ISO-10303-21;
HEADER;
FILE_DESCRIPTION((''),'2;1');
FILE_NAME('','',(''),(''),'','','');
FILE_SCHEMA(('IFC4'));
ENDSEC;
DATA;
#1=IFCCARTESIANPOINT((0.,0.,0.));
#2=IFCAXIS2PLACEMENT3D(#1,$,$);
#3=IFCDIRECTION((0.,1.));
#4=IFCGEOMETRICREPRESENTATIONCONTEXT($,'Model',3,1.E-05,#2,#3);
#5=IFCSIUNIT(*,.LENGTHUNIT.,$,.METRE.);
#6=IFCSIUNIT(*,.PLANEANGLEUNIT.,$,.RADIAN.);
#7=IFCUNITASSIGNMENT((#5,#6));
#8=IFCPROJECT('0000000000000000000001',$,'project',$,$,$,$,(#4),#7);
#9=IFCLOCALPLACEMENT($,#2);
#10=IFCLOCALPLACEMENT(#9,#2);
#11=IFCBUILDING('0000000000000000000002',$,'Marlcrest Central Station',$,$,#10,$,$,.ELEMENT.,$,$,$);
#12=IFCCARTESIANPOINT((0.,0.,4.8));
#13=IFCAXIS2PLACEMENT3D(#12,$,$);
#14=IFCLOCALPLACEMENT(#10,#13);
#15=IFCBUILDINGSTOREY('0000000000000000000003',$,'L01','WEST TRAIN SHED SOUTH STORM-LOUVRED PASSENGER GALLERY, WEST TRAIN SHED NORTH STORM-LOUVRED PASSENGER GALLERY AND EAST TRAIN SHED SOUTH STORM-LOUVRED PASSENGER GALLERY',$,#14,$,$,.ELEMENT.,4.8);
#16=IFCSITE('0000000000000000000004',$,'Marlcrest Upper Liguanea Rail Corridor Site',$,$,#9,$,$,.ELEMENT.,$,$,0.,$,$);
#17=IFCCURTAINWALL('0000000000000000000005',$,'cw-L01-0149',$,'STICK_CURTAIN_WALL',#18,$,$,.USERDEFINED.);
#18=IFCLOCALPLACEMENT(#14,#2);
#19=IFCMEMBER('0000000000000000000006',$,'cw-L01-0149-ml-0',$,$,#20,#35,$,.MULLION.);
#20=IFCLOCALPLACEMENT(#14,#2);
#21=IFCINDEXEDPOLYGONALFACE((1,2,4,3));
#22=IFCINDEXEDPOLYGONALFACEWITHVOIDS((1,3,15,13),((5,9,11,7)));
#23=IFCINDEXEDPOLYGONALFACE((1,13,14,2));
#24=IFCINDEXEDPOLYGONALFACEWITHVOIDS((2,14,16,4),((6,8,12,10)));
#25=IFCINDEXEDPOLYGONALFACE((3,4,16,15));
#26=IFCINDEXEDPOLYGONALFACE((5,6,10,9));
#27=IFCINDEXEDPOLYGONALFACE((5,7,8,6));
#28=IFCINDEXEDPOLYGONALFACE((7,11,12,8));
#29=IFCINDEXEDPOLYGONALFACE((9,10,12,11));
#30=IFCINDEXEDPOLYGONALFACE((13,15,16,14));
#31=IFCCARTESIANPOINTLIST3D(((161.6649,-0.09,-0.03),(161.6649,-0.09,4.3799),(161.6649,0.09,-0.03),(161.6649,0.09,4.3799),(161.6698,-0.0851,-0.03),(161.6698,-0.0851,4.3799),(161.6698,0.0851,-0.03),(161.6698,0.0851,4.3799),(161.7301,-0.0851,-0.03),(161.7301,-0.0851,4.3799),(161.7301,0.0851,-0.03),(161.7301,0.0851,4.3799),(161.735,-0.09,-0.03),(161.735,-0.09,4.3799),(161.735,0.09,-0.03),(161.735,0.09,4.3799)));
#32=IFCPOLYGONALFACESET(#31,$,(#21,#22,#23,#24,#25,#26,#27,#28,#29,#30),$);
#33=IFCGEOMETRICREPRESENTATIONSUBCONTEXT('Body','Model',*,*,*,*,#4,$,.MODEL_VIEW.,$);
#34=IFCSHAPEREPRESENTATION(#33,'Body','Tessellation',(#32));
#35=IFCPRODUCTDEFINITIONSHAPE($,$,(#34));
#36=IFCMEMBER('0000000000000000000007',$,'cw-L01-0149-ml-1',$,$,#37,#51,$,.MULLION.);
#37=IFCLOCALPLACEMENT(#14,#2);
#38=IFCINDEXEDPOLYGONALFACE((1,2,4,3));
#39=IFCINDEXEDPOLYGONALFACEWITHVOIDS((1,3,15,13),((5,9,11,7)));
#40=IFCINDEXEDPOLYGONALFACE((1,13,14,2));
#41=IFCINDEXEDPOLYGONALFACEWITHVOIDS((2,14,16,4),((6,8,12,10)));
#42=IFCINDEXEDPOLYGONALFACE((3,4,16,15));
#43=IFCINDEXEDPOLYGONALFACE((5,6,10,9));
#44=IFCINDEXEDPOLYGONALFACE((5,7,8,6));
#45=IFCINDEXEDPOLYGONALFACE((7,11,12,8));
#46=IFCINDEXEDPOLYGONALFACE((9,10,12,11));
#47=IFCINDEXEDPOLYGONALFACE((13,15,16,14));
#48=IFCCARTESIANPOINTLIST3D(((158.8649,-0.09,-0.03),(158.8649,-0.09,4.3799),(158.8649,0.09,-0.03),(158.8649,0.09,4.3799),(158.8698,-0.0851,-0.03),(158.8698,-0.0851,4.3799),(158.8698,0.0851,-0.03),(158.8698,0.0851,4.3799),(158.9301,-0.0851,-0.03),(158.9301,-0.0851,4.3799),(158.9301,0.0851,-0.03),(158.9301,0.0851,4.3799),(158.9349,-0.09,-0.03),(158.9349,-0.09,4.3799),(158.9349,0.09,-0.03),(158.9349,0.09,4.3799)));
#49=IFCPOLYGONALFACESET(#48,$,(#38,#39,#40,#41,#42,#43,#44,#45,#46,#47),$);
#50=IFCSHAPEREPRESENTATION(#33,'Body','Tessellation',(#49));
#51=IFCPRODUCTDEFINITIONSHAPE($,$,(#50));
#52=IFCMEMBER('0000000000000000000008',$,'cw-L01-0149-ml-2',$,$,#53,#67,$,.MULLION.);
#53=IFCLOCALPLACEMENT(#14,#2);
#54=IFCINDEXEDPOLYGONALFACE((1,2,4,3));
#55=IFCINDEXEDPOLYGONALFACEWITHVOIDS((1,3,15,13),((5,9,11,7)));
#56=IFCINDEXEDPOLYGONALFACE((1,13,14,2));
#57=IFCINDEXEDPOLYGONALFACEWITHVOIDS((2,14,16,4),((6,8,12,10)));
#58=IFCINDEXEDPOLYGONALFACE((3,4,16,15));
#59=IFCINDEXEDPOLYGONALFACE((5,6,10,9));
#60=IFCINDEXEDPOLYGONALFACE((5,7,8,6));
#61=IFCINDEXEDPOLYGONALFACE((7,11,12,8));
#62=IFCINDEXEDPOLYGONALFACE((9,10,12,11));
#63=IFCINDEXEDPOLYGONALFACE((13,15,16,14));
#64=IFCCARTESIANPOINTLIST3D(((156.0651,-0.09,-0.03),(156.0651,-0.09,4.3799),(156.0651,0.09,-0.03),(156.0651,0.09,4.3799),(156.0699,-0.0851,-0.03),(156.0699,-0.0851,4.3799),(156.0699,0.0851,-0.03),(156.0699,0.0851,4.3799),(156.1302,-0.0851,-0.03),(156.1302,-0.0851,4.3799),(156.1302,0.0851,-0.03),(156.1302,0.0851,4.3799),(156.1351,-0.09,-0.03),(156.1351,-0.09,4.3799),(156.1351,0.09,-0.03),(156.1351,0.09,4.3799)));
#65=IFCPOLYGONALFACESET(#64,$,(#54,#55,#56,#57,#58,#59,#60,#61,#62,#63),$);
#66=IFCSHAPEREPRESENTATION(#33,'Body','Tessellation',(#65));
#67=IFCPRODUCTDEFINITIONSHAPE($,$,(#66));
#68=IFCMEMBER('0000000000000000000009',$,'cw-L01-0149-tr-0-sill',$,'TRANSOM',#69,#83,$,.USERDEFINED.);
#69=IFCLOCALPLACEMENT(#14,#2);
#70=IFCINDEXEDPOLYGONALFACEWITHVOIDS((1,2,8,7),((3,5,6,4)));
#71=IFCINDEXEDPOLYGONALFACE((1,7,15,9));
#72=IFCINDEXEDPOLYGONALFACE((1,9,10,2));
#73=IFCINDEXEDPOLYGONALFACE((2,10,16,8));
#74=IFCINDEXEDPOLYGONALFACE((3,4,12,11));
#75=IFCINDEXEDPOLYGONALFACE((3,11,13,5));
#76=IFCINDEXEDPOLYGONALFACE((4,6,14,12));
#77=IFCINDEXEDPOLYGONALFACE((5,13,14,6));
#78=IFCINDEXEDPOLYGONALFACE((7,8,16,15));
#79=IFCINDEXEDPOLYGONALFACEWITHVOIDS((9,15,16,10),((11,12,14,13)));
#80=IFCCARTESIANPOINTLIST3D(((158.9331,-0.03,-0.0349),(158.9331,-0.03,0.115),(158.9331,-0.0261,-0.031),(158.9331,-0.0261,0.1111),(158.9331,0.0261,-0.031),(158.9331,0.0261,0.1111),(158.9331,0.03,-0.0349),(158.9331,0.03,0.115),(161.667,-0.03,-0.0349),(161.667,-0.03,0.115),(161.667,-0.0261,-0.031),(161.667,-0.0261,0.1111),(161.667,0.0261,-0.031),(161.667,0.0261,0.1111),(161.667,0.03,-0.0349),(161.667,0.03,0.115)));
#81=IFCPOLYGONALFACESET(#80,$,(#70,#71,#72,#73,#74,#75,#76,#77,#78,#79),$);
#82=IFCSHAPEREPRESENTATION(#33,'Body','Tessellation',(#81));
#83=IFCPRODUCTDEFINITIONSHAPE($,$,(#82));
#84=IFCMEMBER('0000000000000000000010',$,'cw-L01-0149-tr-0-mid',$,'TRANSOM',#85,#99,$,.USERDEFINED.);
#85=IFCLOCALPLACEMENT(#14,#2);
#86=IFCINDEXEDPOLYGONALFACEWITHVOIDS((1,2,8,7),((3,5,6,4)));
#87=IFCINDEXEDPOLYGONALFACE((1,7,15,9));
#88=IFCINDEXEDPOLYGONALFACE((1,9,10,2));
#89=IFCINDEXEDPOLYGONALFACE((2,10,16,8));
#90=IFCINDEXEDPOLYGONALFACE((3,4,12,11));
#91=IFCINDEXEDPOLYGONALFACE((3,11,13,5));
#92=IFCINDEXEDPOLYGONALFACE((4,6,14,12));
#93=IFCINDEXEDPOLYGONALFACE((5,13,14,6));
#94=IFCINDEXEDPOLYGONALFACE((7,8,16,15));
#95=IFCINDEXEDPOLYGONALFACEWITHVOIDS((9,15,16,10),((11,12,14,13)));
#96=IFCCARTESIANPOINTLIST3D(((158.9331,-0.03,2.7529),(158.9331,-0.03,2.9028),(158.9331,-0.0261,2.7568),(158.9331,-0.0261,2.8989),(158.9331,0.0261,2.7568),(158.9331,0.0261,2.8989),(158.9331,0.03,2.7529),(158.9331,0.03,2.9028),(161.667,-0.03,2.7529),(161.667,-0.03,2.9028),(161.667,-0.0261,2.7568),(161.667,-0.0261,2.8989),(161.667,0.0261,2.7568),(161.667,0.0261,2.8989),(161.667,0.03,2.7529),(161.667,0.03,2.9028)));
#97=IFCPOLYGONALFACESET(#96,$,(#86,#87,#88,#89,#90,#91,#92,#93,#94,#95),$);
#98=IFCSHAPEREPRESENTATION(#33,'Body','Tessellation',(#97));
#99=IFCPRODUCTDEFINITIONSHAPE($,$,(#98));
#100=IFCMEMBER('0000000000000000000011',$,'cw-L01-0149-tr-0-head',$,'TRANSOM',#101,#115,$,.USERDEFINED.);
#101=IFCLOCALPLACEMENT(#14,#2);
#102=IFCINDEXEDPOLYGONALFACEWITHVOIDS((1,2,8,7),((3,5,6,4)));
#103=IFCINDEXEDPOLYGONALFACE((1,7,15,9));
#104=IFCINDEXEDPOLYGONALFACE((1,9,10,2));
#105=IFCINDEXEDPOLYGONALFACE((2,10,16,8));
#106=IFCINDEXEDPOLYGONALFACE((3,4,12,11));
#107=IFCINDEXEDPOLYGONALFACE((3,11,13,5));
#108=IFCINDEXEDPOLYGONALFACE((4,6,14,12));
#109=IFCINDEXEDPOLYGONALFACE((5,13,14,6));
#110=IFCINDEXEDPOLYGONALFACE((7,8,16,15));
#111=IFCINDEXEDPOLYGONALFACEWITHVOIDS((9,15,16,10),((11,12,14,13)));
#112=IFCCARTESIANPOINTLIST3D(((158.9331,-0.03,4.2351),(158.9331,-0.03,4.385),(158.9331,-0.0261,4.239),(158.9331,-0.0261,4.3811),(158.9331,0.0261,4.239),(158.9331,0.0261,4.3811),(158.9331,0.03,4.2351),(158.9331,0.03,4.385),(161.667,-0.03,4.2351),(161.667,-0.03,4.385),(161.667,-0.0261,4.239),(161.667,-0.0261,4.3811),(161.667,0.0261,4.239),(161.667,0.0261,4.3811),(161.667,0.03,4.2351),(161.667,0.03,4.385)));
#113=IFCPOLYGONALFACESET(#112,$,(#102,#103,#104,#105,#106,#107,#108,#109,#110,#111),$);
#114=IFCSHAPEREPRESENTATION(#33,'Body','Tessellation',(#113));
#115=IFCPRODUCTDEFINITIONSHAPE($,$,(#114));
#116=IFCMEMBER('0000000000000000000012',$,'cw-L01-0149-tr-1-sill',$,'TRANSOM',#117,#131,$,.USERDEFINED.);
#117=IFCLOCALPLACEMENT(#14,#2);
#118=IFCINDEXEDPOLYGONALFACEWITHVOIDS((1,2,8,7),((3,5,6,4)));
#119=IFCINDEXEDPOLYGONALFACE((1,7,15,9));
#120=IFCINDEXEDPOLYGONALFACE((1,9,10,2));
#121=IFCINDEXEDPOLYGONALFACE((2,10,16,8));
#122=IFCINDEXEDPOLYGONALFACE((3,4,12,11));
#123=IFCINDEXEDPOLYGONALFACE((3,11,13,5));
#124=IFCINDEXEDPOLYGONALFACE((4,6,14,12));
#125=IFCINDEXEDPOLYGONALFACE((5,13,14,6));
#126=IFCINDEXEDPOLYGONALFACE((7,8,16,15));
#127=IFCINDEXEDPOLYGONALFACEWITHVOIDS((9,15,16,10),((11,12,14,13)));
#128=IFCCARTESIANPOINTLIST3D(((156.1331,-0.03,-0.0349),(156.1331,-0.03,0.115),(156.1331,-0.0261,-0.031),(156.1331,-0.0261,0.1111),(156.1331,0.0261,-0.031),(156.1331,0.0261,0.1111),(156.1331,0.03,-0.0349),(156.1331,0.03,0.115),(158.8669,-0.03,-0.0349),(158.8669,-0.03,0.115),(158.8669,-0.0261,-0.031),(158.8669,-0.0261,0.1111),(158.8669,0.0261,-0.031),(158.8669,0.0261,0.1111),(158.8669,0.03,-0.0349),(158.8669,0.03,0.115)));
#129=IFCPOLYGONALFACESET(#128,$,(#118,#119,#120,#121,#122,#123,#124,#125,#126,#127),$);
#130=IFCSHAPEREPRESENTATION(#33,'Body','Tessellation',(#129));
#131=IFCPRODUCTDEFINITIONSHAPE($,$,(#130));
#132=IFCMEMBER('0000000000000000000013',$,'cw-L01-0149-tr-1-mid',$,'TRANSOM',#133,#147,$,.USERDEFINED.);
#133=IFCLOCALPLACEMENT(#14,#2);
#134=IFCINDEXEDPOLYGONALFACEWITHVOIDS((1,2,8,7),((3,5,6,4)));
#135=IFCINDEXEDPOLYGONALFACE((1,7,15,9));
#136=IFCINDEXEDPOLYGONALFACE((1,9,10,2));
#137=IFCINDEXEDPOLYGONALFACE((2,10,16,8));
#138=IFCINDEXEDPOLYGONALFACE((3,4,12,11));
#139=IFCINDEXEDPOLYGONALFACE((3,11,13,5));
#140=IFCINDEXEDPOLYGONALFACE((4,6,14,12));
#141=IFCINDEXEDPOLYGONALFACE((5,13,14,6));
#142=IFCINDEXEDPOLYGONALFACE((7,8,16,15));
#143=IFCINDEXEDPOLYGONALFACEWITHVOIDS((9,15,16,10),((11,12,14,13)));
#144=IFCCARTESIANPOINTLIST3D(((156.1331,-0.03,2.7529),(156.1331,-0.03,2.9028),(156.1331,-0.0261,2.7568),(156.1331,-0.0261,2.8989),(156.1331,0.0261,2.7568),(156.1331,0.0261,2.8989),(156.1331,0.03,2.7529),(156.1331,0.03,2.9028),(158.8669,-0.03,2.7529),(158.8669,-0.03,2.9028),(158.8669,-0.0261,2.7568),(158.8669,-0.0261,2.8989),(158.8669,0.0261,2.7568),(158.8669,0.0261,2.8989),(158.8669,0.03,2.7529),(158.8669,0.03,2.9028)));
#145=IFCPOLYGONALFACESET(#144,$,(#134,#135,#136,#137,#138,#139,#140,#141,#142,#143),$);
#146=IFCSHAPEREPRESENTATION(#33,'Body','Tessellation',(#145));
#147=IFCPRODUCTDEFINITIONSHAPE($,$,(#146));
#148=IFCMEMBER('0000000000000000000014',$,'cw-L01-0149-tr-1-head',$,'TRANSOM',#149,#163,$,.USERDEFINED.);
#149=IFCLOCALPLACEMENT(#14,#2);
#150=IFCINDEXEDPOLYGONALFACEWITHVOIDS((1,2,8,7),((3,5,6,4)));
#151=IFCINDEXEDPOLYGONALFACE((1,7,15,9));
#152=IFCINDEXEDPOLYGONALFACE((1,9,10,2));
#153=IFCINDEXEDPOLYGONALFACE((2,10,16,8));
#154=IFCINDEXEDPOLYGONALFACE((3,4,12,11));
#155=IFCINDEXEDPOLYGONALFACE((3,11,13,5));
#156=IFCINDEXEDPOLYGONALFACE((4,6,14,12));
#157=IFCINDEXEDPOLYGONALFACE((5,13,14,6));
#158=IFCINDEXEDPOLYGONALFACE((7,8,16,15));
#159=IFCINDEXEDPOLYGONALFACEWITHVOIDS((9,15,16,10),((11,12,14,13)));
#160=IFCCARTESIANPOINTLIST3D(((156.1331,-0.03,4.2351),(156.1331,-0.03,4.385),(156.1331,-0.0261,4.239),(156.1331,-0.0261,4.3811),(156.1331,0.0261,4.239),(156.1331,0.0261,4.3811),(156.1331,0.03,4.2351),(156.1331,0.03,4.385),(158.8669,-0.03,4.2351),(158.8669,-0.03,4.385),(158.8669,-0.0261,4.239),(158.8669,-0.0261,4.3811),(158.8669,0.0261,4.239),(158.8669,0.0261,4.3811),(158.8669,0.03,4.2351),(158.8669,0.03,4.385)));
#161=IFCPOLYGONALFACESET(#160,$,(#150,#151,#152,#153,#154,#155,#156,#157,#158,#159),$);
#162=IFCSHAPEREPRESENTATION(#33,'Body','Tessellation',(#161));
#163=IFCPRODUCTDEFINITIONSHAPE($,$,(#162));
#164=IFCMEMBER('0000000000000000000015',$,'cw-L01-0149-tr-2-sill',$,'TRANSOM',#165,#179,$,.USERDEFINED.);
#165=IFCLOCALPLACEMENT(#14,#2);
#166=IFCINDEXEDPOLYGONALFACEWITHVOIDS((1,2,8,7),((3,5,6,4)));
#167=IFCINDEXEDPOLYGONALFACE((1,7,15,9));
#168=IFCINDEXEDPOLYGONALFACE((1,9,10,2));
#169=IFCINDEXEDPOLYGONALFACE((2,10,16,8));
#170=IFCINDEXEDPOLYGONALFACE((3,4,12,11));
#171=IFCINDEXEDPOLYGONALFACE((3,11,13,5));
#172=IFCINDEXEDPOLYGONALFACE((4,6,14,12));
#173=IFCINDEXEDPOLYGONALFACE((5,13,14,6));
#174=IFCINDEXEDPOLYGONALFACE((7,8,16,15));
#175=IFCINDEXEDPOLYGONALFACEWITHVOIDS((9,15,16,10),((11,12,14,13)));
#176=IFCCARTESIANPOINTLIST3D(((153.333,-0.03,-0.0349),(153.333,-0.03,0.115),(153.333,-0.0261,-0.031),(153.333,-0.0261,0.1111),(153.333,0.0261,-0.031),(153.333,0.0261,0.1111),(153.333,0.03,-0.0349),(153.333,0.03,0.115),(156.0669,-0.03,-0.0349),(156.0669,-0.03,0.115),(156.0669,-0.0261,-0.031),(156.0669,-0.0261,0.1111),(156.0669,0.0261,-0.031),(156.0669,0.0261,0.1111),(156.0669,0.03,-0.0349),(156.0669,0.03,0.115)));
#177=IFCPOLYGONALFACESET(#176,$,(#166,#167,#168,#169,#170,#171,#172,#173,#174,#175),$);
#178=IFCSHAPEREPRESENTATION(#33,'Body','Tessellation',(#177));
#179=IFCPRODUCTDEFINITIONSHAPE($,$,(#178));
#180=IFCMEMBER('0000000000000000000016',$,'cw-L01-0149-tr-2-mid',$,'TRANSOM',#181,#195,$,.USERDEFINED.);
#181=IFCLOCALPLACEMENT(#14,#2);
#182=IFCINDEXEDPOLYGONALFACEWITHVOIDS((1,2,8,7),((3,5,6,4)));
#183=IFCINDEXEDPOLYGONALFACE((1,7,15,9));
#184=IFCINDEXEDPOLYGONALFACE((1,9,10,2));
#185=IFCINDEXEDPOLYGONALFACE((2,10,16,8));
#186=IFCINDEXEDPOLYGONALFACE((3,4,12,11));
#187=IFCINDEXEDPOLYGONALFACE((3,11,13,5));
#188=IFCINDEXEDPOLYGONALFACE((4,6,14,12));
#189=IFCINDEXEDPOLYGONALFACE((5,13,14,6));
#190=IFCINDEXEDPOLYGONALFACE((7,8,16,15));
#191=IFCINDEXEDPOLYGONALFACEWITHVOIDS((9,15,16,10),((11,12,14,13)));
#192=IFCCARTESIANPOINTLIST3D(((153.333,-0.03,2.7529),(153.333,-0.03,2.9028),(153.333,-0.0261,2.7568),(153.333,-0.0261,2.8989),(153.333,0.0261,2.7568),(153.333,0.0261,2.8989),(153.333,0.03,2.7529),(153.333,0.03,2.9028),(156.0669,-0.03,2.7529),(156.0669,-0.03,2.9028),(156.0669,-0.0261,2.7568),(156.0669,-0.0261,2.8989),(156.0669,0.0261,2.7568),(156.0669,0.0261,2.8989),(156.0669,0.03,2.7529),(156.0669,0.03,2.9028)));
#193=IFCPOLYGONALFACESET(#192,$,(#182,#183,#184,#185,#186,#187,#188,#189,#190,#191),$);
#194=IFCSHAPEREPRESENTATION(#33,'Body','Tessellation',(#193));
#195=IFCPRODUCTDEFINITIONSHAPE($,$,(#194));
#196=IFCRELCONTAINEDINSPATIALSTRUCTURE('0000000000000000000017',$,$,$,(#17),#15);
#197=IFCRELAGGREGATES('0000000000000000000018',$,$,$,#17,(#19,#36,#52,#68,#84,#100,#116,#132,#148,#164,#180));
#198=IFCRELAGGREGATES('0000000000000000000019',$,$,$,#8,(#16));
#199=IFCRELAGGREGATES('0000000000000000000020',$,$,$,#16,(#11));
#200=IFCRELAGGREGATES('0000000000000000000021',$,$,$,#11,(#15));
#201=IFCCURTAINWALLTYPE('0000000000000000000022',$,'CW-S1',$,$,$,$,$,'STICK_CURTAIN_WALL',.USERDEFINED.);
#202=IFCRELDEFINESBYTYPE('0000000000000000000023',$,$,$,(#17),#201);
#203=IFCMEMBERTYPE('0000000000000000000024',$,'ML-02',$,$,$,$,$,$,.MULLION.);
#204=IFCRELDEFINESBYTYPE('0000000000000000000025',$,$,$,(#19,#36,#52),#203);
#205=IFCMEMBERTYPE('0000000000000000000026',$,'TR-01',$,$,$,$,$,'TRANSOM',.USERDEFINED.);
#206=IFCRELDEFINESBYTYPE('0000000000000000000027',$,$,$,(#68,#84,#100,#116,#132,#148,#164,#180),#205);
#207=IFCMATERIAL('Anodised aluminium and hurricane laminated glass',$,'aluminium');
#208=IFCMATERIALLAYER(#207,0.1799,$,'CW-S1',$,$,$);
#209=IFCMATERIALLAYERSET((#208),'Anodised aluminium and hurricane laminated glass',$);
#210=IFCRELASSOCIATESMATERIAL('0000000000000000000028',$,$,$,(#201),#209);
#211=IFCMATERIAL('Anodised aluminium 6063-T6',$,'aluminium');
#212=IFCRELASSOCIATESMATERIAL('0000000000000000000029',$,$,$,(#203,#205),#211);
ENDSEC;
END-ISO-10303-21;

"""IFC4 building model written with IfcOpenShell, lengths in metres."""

from ifc_helpers import new_model, si_unit, direction, frame, origin, origin_2d, place, context, subcontext, project, spatial, hollow_rectangle, extrude, material, layer, layer_set, material_profile, profile_set, type_object, element, aggregate, save


model = new_model("IFC4")

# Units and contexts
model_context = context("Model", 3, precision=1e-05, world=origin(), true_north=direction((0.0, 1.0)))
body_context = subcontext(model_context, "Body", "Model", "MODEL_VIEW")
ifc_project = project(units=[si_unit("LENGTHUNIT", "METRE"), si_unit("PLANEANGLEUNIT", "RADIAN")], contexts=[model_context])

# Site, building, storey
site_placement = place(None, origin())
site = spatial("IfcSite", under=ifc_project, at=site_placement, Name="Marlcrest Upper Liguanea Rail Corridor Site", CompositionType="ELEMENT", RefElevation=0.0)
building_placement = place(site_placement, origin())
building = spatial("IfcBuilding", under=site, at=building_placement, Name="Marlcrest Central Station", CompositionType="ELEMENT")
storey_placement = place(building_placement, frame((0.0, 0.0, 4.8)))
storey = spatial("IfcBuildingStorey", under=building, at=storey_placement, Name="L01", Description="WEST TRAIN SHED SOUTH STORM-LOUVRED PASSENGER GALLERY, WEST TRAIN SHED NORTH STORM-LOUVRED PASSENGER GALLERY AND EAST TRAIN SHED SOUTH STORM-LOUVRED PASSENGER GALLERY", CompositionType="ELEMENT", Elevation=4.8)

# Curtain wall, members
ifc_material_1 = material(Name="Anodised aluminium and hurricane laminated glass", Category="aluminium")
ifc_layer_1 = layer(ifc_material_1, 0.1799, Name="CW-S1")
ifc_layer_set_1 = layer_set([ifc_layer_1], Name="Anodised aluminium and hurricane laminated glass")
curtain_wall_type = type_object("IfcCurtainWallType", Name="CW-S1", ElementType="STICK_CURTAIN_WALL", PredefinedType="USERDEFINED", material=ifc_layer_set_1)
curtain_wall_placement = place(storey_placement, origin())
curtain_wall = element("IfcCurtainWall", 1, at=curtain_wall_placement, inside=storey, type_object=curtain_wall_type, Name="cw-L01-0149", ObjectType="STICK_CURTAIN_WALL", PredefinedType="USERDEFINED")
ifc_material_2 = material(Name="Anodised aluminium 6063-T6", Category="aluminium")
ifc_material_profile_1 = material_profile(ifc_material_2, hollow_rectangle(XDim=0.0701, YDim=0.1799, WallThickness=0.0049, at=origin_2d()), Name="AA-RHS 180x70x5")
ifc_profile_set_1 = profile_set([ifc_material_profile_1], Name="Anodised aluminium 6063-T6")
member_type_1 = type_object("IfcMemberType", Name="ML-02", PredefinedType="MULLION", material=ifc_profile_set_1)
member_1_placement = place(storey_placement, frame((161.7, 0.0, -0.03), z_axis=(0.0, 0.0, 1.0), x_axis=(1.0, 0.0, 0.0)))
member_1 = element("IfcMember", 2, at=member_1_placement, type_object=member_type_1, Name="cw-L01-0149-ml-0", PredefinedType="MULLION", context=body_context, shape_type="SweptSolid", body=[
    extrude(hollow_rectangle(XDim=0.0701, YDim=0.1799, WallThickness=0.0049, at=origin_2d()), origin(), (0.0, 0.0, 1.0), 4.4099),
])
member_2_placement = place(storey_placement, frame((158.8999, 0.0, -0.03), z_axis=(0.0, 0.0, 1.0), x_axis=(1.0, 0.0, 0.0)))
member_2 = element("IfcMember", 3, at=member_2_placement, type_object=member_type_1, Name="cw-L01-0149-ml-1", PredefinedType="MULLION", context=body_context, shape_type="SweptSolid", body=[
    extrude(hollow_rectangle(XDim=0.0701, YDim=0.1799, WallThickness=0.0049, at=origin_2d()), origin(), (0.0, 0.0, 1.0), 4.4099),
])
member_3_placement = place(storey_placement, frame((156.1001, 0.0, -0.03), z_axis=(0.0, 0.0, 1.0), x_axis=(1.0, 0.0, 0.0)))
member_3 = element("IfcMember", 4, at=member_3_placement, type_object=member_type_1, Name="cw-L01-0149-ml-2", PredefinedType="MULLION", context=body_context, shape_type="SweptSolid", body=[
    extrude(hollow_rectangle(XDim=0.0701, YDim=0.1799, WallThickness=0.0049, at=origin_2d()), origin(), (0.0, 0.0, 1.0), 4.4099),
])
ifc_material_profile_2 = material_profile(ifc_material_2, hollow_rectangle(XDim=0.0601, YDim=0.1499, WallThickness=0.0039, at=origin_2d()), Name="AA-RHS 150x60x4")
ifc_profile_set_2 = profile_set([ifc_material_profile_2], Name="Anodised aluminium 6063-T6")
member_type_2 = type_object("IfcMemberType", Name="TR-01", ElementType="TRANSOM", PredefinedType="USERDEFINED", material=ifc_profile_set_2)
member_4_placement = place(storey_placement, frame((161.667, 0.0, 0.04), z_axis=(-1.0, 0.0, 0.0), x_axis=(0.0, -1.0, 0.0)))
member_4 = element("IfcMember", 5, at=member_4_placement, type_object=member_type_2, Name="cw-L01-0149-tr-0-sill", ObjectType="TRANSOM", PredefinedType="USERDEFINED", context=body_context, shape_type="SweptSolid", body=[
    extrude(hollow_rectangle(XDim=0.0601, YDim=0.1499, WallThickness=0.0039, at=origin_2d()), origin(), (0.0, 0.0, 1.0), 2.7339),
])
member_5_placement = place(storey_placement, frame((161.667, 0.0, 2.8279), z_axis=(-1.0, 0.0, 0.0), x_axis=(0.0, -1.0, 0.0)))
member_5 = element("IfcMember", 6, at=member_5_placement, type_object=member_type_2, Name="cw-L01-0149-tr-0-mid", ObjectType="TRANSOM", PredefinedType="USERDEFINED", context=body_context, shape_type="SweptSolid", body=[
    extrude(hollow_rectangle(XDim=0.0601, YDim=0.1499, WallThickness=0.0039, at=origin_2d()), origin(), (0.0, 0.0, 1.0), 2.7339),
])
member_6_placement = place(storey_placement, frame((161.667, 0.0, 4.3101), z_axis=(-1.0, 0.0, 0.0), x_axis=(0.0, -1.0, 0.0)))
member_6 = element("IfcMember", 7, at=member_6_placement, type_object=member_type_2, Name="cw-L01-0149-tr-0-head", ObjectType="TRANSOM", PredefinedType="USERDEFINED", context=body_context, shape_type="SweptSolid", body=[
    extrude(hollow_rectangle(XDim=0.0601, YDim=0.1499, WallThickness=0.0039, at=origin_2d()), origin(), (0.0, 0.0, 1.0), 2.7339),
])
member_7_placement = place(storey_placement, frame((158.8669, 0.0, 0.04), z_axis=(-1.0, 0.0, 0.0), x_axis=(0.0, -1.0, 0.0)))
member_7 = element("IfcMember", 8, at=member_7_placement, type_object=member_type_2, Name="cw-L01-0149-tr-1-sill", ObjectType="TRANSOM", PredefinedType="USERDEFINED", context=body_context, shape_type="SweptSolid", body=[
    extrude(hollow_rectangle(XDim=0.0601, YDim=0.1499, WallThickness=0.0039, at=origin_2d()), origin(), (0.0, 0.0, 1.0), 2.7339),
])
member_8_placement = place(storey_placement, frame((158.8669, 0.0, 2.8279), z_axis=(-1.0, 0.0, 0.0), x_axis=(0.0, -1.0, 0.0)))
member_8 = element("IfcMember", 9, at=member_8_placement, type_object=member_type_2, Name="cw-L01-0149-tr-1-mid", ObjectType="TRANSOM", PredefinedType="USERDEFINED", context=body_context, shape_type="SweptSolid", body=[
    extrude(hollow_rectangle(XDim=0.0601, YDim=0.1499, WallThickness=0.0039, at=origin_2d()), origin(), (0.0, 0.0, 1.0), 2.7339),
])
member_9_placement = place(storey_placement, frame((158.8669, 0.0, 4.3101), z_axis=(-1.0, 0.0, 0.0), x_axis=(0.0, -1.0, 0.0)))
member_9 = element("IfcMember", 10, at=member_9_placement, type_object=member_type_2, Name="cw-L01-0149-tr-1-head", ObjectType="TRANSOM", PredefinedType="USERDEFINED", context=body_context, shape_type="SweptSolid", body=[
    extrude(hollow_rectangle(XDim=0.0601, YDim=0.1499, WallThickness=0.0039, at=origin_2d()), origin(), (0.0, 0.0, 1.0), 2.7339),
])
member_10_placement = place(storey_placement, frame((156.0669, 0.0, 0.04), z_axis=(-1.0, 0.0, 0.0), x_axis=(0.0, -1.0, 0.0)))
member_10 = element("IfcMember", 11, at=member_10_placement, type_object=member_type_2, Name="cw-L01-0149-tr-2-sill", ObjectType="TRANSOM", PredefinedType="USERDEFINED", context=body_context, shape_type="SweptSolid", body=[
    extrude(hollow_rectangle(XDim=0.0601, YDim=0.1499, WallThickness=0.0039, at=origin_2d()), origin(), (0.0, 0.0, 1.0), 2.7339),
])
member_11_placement = place(storey_placement, frame((156.0669, 0.0, 2.8279), z_axis=(-1.0, 0.0, 0.0), x_axis=(0.0, -1.0, 0.0)))
member_11 = element("IfcMember", 12, at=member_11_placement, type_object=member_type_2, Name="cw-L01-0149-tr-2-mid", ObjectType="TRANSOM", PredefinedType="USERDEFINED", context=body_context, shape_type="SweptSolid", body=[
    extrude(hollow_rectangle(XDim=0.0601, YDim=0.1499, WallThickness=0.0039, at=origin_2d()), origin(), (0.0, 0.0, 1.0), 2.7339),
])
aggregate(curtain_wall, [member_1, member_2, member_3, member_4, member_5, member_6, member_7, member_8, member_9, member_10, member_11])

save(model, "model.ifc")
